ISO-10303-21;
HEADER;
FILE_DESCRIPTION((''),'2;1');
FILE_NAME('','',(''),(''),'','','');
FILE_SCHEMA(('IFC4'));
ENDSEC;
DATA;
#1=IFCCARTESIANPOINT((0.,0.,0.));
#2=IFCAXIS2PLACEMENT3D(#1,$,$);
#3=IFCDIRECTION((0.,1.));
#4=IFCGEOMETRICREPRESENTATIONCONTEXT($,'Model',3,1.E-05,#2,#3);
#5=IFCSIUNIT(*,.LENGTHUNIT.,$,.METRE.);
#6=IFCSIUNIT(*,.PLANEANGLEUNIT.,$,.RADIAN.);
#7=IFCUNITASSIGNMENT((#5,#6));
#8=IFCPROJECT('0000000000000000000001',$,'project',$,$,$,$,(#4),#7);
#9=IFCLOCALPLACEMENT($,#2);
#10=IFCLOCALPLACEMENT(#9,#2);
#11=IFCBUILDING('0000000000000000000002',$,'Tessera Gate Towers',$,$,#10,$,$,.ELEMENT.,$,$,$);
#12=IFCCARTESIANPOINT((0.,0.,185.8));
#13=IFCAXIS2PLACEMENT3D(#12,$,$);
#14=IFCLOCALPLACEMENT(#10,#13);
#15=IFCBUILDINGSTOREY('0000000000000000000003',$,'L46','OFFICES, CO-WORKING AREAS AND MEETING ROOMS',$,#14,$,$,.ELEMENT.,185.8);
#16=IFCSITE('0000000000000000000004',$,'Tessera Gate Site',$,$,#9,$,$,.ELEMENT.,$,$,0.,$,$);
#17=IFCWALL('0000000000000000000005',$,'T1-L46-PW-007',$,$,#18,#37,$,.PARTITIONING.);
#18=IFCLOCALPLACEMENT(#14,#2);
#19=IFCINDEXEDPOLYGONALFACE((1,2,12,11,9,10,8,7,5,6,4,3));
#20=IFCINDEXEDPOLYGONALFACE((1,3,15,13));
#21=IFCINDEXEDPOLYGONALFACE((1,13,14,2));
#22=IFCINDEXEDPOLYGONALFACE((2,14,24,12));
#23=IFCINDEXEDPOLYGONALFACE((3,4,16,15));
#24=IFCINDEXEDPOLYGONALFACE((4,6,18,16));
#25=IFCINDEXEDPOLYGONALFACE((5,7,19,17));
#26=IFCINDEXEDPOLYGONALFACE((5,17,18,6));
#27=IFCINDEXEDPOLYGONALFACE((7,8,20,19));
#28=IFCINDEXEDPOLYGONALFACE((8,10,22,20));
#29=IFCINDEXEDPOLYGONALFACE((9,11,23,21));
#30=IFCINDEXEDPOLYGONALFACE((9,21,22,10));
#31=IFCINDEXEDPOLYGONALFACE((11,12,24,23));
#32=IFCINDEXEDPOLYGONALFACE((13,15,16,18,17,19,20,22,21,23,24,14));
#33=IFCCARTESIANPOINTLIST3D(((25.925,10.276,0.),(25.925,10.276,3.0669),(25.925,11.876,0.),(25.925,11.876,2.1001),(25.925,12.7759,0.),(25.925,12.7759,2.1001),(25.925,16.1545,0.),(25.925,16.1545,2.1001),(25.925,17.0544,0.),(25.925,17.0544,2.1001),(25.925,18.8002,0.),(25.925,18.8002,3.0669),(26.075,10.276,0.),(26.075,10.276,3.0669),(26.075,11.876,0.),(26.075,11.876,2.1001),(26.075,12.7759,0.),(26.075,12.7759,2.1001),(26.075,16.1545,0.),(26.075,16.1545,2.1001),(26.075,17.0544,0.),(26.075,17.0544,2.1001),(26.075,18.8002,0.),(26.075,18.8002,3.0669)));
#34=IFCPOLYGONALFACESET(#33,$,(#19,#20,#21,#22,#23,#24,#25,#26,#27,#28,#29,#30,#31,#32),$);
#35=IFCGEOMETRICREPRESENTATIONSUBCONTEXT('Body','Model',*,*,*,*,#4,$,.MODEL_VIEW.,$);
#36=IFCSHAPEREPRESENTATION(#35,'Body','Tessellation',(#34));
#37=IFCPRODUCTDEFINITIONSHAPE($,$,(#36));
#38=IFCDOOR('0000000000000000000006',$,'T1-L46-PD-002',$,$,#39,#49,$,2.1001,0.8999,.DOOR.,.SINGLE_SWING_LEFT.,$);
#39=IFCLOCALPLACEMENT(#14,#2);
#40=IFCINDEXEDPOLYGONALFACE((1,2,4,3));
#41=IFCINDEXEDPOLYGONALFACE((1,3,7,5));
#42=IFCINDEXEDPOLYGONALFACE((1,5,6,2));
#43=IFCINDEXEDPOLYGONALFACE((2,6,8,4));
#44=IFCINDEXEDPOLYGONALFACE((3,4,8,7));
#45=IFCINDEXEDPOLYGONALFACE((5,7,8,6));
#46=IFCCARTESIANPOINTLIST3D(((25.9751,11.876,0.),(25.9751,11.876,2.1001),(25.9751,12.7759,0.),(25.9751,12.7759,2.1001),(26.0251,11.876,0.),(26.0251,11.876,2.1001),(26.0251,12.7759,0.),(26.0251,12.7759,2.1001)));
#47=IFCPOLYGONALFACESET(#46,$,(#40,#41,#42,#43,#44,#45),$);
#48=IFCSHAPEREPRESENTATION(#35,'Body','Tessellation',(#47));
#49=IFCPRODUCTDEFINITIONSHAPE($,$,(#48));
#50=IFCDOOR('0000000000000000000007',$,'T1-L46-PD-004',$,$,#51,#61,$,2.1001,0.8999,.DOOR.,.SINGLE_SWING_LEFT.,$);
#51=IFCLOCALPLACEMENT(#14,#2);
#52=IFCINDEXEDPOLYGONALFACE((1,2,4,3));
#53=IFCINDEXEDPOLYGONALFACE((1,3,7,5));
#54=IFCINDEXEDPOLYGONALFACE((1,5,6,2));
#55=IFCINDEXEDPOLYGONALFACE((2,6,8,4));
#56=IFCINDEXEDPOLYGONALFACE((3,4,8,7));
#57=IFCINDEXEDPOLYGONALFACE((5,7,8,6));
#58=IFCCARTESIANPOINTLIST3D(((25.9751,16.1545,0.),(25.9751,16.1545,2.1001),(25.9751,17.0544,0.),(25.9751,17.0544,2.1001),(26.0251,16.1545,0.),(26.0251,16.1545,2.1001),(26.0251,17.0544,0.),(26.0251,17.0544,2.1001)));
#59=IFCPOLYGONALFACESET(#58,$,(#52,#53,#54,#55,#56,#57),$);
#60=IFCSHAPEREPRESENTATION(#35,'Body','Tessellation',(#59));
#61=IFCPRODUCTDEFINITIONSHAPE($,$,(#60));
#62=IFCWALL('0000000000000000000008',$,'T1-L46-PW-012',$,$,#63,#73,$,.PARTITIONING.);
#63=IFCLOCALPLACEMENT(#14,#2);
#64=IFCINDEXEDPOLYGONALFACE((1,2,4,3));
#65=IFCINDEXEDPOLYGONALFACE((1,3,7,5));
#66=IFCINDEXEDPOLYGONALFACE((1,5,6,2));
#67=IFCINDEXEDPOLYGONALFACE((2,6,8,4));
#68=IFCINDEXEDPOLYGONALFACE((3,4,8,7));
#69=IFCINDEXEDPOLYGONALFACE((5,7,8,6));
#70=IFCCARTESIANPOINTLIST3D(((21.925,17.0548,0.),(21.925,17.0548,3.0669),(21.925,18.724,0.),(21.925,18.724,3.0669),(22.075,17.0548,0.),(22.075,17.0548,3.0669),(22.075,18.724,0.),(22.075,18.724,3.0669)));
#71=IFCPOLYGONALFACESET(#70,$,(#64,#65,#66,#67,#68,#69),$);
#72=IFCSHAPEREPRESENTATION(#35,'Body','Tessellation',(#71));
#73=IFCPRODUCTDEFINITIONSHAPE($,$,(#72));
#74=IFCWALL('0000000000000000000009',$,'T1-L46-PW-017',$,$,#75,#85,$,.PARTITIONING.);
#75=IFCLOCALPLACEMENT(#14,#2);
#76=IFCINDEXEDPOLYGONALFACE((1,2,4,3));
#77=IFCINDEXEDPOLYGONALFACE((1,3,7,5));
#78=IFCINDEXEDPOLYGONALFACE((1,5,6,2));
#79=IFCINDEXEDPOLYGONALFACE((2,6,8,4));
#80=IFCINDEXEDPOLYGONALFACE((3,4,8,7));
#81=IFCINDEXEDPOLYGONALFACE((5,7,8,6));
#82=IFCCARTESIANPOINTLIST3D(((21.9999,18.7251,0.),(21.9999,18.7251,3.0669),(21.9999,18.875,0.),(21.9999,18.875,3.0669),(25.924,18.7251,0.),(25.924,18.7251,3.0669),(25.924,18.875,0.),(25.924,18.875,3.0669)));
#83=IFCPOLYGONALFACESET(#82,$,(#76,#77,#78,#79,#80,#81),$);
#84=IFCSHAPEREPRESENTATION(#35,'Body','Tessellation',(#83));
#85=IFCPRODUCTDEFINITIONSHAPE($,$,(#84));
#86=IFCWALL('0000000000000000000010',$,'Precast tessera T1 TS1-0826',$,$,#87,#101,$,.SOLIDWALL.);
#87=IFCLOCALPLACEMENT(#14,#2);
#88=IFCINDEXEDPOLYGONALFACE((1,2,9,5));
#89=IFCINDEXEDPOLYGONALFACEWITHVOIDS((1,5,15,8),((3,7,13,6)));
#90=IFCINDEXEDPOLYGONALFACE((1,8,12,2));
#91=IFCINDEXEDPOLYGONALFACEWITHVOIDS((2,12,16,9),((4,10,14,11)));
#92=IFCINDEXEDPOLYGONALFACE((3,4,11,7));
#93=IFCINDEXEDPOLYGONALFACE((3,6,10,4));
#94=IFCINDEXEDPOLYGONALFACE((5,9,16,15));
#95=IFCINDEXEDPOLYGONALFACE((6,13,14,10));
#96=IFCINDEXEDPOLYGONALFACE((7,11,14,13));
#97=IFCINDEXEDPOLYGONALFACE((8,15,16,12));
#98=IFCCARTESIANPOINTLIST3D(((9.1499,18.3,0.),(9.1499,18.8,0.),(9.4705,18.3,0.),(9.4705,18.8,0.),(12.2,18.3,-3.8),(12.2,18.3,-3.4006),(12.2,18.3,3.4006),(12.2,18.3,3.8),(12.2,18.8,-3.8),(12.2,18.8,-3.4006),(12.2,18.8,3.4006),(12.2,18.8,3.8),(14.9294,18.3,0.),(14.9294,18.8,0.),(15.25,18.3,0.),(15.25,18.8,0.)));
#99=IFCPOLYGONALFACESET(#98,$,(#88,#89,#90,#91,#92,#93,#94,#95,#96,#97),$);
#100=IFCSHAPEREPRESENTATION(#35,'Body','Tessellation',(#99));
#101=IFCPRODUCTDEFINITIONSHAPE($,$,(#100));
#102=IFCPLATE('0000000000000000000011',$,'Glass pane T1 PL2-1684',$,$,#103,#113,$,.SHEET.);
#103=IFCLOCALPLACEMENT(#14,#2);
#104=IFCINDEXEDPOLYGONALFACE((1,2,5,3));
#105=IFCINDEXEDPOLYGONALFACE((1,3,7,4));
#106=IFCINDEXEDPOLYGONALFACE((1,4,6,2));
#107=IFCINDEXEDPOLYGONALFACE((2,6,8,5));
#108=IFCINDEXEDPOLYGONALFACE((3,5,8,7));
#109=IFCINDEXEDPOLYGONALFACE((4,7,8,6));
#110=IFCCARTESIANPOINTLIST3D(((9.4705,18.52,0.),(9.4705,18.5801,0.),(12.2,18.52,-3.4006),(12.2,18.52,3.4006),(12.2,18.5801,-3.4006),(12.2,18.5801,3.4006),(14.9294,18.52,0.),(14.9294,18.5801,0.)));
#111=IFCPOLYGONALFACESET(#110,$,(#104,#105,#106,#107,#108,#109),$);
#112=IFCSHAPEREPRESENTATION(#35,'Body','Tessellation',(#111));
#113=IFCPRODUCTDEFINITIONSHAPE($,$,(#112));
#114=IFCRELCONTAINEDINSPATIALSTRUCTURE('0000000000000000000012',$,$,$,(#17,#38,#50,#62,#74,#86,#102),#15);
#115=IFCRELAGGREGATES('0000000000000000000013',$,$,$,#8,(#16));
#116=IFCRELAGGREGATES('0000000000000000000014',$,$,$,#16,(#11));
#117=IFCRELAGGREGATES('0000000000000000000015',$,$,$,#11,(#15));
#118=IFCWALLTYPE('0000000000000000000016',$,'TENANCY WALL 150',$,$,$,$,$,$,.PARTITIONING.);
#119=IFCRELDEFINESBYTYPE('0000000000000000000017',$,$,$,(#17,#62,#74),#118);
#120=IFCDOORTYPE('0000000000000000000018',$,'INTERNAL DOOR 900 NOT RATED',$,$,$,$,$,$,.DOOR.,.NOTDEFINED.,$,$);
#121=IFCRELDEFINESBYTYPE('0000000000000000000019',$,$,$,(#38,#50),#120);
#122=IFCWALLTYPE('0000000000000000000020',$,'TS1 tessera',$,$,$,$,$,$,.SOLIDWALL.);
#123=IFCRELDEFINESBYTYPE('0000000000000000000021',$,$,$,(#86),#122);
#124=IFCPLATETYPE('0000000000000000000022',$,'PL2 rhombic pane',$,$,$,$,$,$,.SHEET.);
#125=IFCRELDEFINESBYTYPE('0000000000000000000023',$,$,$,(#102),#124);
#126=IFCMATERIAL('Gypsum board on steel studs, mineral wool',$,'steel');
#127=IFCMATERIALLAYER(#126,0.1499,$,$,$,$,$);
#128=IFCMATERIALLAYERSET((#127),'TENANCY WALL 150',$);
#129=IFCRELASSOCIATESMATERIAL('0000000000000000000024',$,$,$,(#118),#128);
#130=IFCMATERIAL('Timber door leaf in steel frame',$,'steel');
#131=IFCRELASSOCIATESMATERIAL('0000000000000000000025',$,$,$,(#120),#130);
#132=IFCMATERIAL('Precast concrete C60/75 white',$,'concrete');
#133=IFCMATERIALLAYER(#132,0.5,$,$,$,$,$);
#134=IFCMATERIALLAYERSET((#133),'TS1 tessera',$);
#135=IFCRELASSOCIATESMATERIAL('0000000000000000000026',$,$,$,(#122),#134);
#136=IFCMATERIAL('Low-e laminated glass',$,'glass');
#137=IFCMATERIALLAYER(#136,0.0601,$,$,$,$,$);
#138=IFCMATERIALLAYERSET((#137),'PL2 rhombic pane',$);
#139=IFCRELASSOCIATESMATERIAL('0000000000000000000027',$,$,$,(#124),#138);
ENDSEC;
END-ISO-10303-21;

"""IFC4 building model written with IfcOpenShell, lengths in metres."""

from ifc_helpers import new_model, si_unit, direction, frame, frame_2d, origin, place, context, subcontext, project, spatial, polyline, rectangle, outline, extrude, source, transform, mapped, material, layer, layer_set, type_object, element, fill, save


model = new_model("IFC4")

# Units and contexts
model_context = context("Model", 3, precision=1e-05, world=origin(), true_north=direction((0.0, 1.0)))
body_context = subcontext(model_context, "Body", "Model", "MODEL_VIEW")
ifc_project = project(units=[si_unit("LENGTHUNIT", "METRE"), si_unit("PLANEANGLEUNIT", "RADIAN")], contexts=[model_context])

# Site, building, storey
site_placement = place(None, origin())
site = spatial("IfcSite", under=ifc_project, at=site_placement, Name="Tessera Gate Site", CompositionType="ELEMENT", RefElevation=0.0)
building_placement = place(site_placement, origin())
building = spatial("IfcBuilding", under=site, at=building_placement, Name="Tessera Gate Towers", CompositionType="ELEMENT")
storey_placement = place(building_placement, frame((0.0, 0.0, 185.8)))
storey = spatial("IfcBuildingStorey", under=building, at=storey_placement, Name="L46", Description="OFFICES, CO-WORKING AREAS AND MEETING ROOMS", CompositionType="ELEMENT", Elevation=185.8)

# Shared definitions
ifc_material_1 = material(Name="Gypsum board on steel studs, mineral wool", Category="steel")
ifc_layer_1 = layer(ifc_material_1, 0.1499)
ifc_layer_set_1 = layer_set([ifc_layer_1], Name="TENANCY WALL 150")
wall_type_1 = type_object("IfcWallType", Name="TENANCY WALL 150", PredefinedType="PARTITIONING", material=ifc_layer_set_1)

# Wall, openings, doors
wall_1_placement = place(storey_placement, frame((26.0, 10.2759, 0.0), z_axis=(0.0, 0.0, 1.0), x_axis=(0.0, 1.0, 0.0)))
wall_1 = element("IfcWall", 1, at=wall_1_placement, inside=storey, type_object=wall_type_1, Name="T1-L46-PW-007", PredefinedType="PARTITIONING", context=body_context, shape_type="SweptSolid", body=[
    extrude(rectangle(XDim=8.5242, YDim=0.1499, at=frame_2d((4.2622, 0.0))), origin(), (0.0, 0.0, 1.0), 3.0669),
])
shared_shape_1 = source(origin(), body_context, "Body", "SweptSolid", [
    extrude(rectangle(XDim=0.8999, YDim=2.1001, at=frame_2d((0.45, 1.05))), frame((0.0, 0.085, 0.0), z_axis=(0.0, -1.0, 0.0), x_axis=(1.0, 0.0, 0.0)), (0.0, 0.0, 1.0), 0.1699),
])
opening_1_placement = place(wall_1_placement, frame((1.6001, 0.0, 0.0)))
opening_1 = element("IfcOpeningElement", 2, at=opening_1_placement, cuts=wall_1, PredefinedType="OPENING", context=body_context, shape_type="MappedRepresentation", body=[
    mapped(shared_shape_1, transform((0.0, 0.0, 0.0), scale=1.0)),
])
opening_2_placement = place(wall_1_placement, frame((5.8787, 0.0, 0.0)))
opening_2 = element("IfcOpeningElement", 3, at=opening_2_placement, cuts=wall_1, PredefinedType="OPENING", context=body_context, shape_type="MappedRepresentation", body=[
    mapped(shared_shape_1, transform((0.0, 0.0, 0.0), scale=1.0)),
])
ifc_material_2 = material(Name="Timber door leaf in steel frame", Category="steel")
door_type = type_object("IfcDoorType", Name="INTERNAL DOOR 900 NOT RATED", OperationType="NOTDEFINED", PredefinedType="DOOR", material=ifc_material_2)
shared_shape_2 = source(origin(), body_context, "Body", "SweptSolid", [
    extrude(rectangle(XDim=0.8999, YDim=2.1001, at=frame_2d((0.45, 1.05))), frame((0.0, 0.0249, 0.0), z_axis=(0.0, -1.0, 0.0), x_axis=(1.0, 0.0, 0.0)), (0.0, 0.0, 1.0), 0.05),
])
door_1_placement = place(opening_1_placement, origin())
door_1 = element("IfcDoor", 4, at=door_1_placement, inside=storey, type_object=door_type, Name="T1-L46-PD-002", OperationType="SINGLE_SWING_LEFT", OverallHeight=2.1001, OverallWidth=0.8999, PredefinedType="DOOR", context=body_context, shape_type="MappedRepresentation", body=[
    mapped(shared_shape_2, transform((0.0, 0.0, 0.0), scale=1.0)),
])
fill(opening_1, door_1)
door_2_placement = place(opening_2_placement, origin())
door_2 = element("IfcDoor", 5, at=door_2_placement, inside=storey, type_object=door_type, Name="T1-L46-PD-004", OperationType="SINGLE_SWING_LEFT", OverallHeight=2.1001, OverallWidth=0.8999, PredefinedType="DOOR", context=body_context, shape_type="MappedRepresentation", body=[
    mapped(shared_shape_2, transform((0.0, 0.0, 0.0), scale=1.0)),
])
fill(opening_2, door_2)

# Walls
wall_2_placement = place(storey_placement, frame((22.0, 17.0549, 0.0), z_axis=(0.0, 0.0, 1.0), x_axis=(0.0, 1.0, 0.0)))
element("IfcWall", 6, at=wall_2_placement, inside=storey, type_object=wall_type_1, Name="T1-L46-PW-012", PredefinedType="PARTITIONING", context=body_context, shape_type="SweptSolid", body=[
    extrude(rectangle(XDim=1.6692, YDim=0.1499, at=frame_2d((0.8345, 0.0))), origin(), (0.0, 0.0, 1.0), 3.0669),
])
wall_3_placement = place(storey_placement, frame((22.0, 18.8, 0.0), z_axis=(0.0, 0.0, 1.0), x_axis=(1.0, 0.0, 0.0)))
element("IfcWall", 7, at=wall_3_placement, inside=storey, type_object=wall_type_1, Name="T1-L46-PW-017", PredefinedType="PARTITIONING", context=body_context, shape_type="SweptSolid", body=[
    extrude(rectangle(XDim=3.9241, YDim=0.1499, at=frame_2d((1.9619, 0.0))), origin(), (0.0, 0.0, 1.0), 3.0669),
])

# Wall, opening, plate
ifc_material_3 = material(Name="Precast concrete C60/75 white", Category="concrete")
ifc_layer_2 = layer(ifc_material_3, 0.5)
ifc_layer_set_2 = layer_set([ifc_layer_2], Name="TS1 tessera")
wall_type_2 = type_object("IfcWallType", Name="TS1 tessera", PredefinedType="SOLIDWALL", material=ifc_layer_set_2)
shared_shape_3 = source(origin(), body_context, "Body", "SweptSolid", [
    extrude(outline(polyline([(3.05, 0.0), (6.1001, 3.8), (3.05, 7.6001), (0.0, 3.8), (3.05, 0.0)])), frame((0.0, 0.25, 0.0), z_axis=(0.0, -1.0, 0.0), x_axis=(1.0, 0.0, 0.0)), (0.0, 0.0, 1.0), 0.5),
])
wall_4_placement = place(storey_placement, frame((9.1499, 18.55, -3.8), z_axis=(0.0, 0.0, 1.0), x_axis=(1.0, 0.0, 0.0)))
wall_4 = element("IfcWall", 8, at=wall_4_placement, inside=storey, type_object=wall_type_2, Name="Precast tessera T1 TS1-0826", PredefinedType="SOLIDWALL", context=body_context, shape_type="MappedRepresentation", body=[
    mapped(shared_shape_3, transform((0.0, 0.0, 0.0), scale=1.0)),
])
shared_shape_4 = source(origin(), body_context, "Body", "SweptSolid", [
    extrude(outline(polyline([(3.05, 0.3994), (5.7795, 3.8), (3.05, 7.2007), (0.3206, 3.8), (3.05, 0.3994)])), frame((0.0, 0.26, 0.0), z_axis=(0.0, -1.0, 0.0), x_axis=(1.0, 0.0, 0.0)), (0.0, 0.0, 1.0), 0.52),
])
opening_3_placement = place(wall_4_placement, origin())
opening_3 = element("IfcOpeningElement", 9, at=opening_3_placement, cuts=wall_4, PredefinedType="OPENING", context=body_context, shape_type="MappedRepresentation", body=[
    mapped(shared_shape_4, transform((0.0, 0.0, 0.0), scale=1.0)),
])
ifc_material_4 = material(Name="Low-e laminated glass", Category="glass")
ifc_layer_3 = layer(ifc_material_4, 0.0601)
ifc_layer_set_3 = layer_set([ifc_layer_3], Name="PL2 rhombic pane")
plate_type = type_object("IfcPlateType", Name="PL2 rhombic pane", PredefinedType="SHEET", material=ifc_layer_set_3)
shared_shape_5 = source(origin(), body_context, "Body", "SweptSolid", [
    extrude(outline(polyline([(3.05, 0.3994), (5.7795, 3.8), (3.05, 7.2007), (0.3206, 3.8), (3.05, 0.3994)])), frame((0.0, 0.03, 0.0), z_axis=(0.0, -1.0, 0.0), x_axis=(1.0, 0.0, 0.0)), (0.0, 0.0, 1.0), 0.0601),
])
plate_placement = place(opening_3_placement, origin())
plate = element("IfcPlate", 10, at=plate_placement, inside=storey, type_object=plate_type, Name="Glass pane T1 PL2-1684", PredefinedType="SHEET", context=body_context, shape_type="MappedRepresentation", body=[
    mapped(shared_shape_5, transform((0.0, 0.0, 0.0), scale=1.0)),
])
fill(opening_3, plate)

save(model, "model.ifc")
